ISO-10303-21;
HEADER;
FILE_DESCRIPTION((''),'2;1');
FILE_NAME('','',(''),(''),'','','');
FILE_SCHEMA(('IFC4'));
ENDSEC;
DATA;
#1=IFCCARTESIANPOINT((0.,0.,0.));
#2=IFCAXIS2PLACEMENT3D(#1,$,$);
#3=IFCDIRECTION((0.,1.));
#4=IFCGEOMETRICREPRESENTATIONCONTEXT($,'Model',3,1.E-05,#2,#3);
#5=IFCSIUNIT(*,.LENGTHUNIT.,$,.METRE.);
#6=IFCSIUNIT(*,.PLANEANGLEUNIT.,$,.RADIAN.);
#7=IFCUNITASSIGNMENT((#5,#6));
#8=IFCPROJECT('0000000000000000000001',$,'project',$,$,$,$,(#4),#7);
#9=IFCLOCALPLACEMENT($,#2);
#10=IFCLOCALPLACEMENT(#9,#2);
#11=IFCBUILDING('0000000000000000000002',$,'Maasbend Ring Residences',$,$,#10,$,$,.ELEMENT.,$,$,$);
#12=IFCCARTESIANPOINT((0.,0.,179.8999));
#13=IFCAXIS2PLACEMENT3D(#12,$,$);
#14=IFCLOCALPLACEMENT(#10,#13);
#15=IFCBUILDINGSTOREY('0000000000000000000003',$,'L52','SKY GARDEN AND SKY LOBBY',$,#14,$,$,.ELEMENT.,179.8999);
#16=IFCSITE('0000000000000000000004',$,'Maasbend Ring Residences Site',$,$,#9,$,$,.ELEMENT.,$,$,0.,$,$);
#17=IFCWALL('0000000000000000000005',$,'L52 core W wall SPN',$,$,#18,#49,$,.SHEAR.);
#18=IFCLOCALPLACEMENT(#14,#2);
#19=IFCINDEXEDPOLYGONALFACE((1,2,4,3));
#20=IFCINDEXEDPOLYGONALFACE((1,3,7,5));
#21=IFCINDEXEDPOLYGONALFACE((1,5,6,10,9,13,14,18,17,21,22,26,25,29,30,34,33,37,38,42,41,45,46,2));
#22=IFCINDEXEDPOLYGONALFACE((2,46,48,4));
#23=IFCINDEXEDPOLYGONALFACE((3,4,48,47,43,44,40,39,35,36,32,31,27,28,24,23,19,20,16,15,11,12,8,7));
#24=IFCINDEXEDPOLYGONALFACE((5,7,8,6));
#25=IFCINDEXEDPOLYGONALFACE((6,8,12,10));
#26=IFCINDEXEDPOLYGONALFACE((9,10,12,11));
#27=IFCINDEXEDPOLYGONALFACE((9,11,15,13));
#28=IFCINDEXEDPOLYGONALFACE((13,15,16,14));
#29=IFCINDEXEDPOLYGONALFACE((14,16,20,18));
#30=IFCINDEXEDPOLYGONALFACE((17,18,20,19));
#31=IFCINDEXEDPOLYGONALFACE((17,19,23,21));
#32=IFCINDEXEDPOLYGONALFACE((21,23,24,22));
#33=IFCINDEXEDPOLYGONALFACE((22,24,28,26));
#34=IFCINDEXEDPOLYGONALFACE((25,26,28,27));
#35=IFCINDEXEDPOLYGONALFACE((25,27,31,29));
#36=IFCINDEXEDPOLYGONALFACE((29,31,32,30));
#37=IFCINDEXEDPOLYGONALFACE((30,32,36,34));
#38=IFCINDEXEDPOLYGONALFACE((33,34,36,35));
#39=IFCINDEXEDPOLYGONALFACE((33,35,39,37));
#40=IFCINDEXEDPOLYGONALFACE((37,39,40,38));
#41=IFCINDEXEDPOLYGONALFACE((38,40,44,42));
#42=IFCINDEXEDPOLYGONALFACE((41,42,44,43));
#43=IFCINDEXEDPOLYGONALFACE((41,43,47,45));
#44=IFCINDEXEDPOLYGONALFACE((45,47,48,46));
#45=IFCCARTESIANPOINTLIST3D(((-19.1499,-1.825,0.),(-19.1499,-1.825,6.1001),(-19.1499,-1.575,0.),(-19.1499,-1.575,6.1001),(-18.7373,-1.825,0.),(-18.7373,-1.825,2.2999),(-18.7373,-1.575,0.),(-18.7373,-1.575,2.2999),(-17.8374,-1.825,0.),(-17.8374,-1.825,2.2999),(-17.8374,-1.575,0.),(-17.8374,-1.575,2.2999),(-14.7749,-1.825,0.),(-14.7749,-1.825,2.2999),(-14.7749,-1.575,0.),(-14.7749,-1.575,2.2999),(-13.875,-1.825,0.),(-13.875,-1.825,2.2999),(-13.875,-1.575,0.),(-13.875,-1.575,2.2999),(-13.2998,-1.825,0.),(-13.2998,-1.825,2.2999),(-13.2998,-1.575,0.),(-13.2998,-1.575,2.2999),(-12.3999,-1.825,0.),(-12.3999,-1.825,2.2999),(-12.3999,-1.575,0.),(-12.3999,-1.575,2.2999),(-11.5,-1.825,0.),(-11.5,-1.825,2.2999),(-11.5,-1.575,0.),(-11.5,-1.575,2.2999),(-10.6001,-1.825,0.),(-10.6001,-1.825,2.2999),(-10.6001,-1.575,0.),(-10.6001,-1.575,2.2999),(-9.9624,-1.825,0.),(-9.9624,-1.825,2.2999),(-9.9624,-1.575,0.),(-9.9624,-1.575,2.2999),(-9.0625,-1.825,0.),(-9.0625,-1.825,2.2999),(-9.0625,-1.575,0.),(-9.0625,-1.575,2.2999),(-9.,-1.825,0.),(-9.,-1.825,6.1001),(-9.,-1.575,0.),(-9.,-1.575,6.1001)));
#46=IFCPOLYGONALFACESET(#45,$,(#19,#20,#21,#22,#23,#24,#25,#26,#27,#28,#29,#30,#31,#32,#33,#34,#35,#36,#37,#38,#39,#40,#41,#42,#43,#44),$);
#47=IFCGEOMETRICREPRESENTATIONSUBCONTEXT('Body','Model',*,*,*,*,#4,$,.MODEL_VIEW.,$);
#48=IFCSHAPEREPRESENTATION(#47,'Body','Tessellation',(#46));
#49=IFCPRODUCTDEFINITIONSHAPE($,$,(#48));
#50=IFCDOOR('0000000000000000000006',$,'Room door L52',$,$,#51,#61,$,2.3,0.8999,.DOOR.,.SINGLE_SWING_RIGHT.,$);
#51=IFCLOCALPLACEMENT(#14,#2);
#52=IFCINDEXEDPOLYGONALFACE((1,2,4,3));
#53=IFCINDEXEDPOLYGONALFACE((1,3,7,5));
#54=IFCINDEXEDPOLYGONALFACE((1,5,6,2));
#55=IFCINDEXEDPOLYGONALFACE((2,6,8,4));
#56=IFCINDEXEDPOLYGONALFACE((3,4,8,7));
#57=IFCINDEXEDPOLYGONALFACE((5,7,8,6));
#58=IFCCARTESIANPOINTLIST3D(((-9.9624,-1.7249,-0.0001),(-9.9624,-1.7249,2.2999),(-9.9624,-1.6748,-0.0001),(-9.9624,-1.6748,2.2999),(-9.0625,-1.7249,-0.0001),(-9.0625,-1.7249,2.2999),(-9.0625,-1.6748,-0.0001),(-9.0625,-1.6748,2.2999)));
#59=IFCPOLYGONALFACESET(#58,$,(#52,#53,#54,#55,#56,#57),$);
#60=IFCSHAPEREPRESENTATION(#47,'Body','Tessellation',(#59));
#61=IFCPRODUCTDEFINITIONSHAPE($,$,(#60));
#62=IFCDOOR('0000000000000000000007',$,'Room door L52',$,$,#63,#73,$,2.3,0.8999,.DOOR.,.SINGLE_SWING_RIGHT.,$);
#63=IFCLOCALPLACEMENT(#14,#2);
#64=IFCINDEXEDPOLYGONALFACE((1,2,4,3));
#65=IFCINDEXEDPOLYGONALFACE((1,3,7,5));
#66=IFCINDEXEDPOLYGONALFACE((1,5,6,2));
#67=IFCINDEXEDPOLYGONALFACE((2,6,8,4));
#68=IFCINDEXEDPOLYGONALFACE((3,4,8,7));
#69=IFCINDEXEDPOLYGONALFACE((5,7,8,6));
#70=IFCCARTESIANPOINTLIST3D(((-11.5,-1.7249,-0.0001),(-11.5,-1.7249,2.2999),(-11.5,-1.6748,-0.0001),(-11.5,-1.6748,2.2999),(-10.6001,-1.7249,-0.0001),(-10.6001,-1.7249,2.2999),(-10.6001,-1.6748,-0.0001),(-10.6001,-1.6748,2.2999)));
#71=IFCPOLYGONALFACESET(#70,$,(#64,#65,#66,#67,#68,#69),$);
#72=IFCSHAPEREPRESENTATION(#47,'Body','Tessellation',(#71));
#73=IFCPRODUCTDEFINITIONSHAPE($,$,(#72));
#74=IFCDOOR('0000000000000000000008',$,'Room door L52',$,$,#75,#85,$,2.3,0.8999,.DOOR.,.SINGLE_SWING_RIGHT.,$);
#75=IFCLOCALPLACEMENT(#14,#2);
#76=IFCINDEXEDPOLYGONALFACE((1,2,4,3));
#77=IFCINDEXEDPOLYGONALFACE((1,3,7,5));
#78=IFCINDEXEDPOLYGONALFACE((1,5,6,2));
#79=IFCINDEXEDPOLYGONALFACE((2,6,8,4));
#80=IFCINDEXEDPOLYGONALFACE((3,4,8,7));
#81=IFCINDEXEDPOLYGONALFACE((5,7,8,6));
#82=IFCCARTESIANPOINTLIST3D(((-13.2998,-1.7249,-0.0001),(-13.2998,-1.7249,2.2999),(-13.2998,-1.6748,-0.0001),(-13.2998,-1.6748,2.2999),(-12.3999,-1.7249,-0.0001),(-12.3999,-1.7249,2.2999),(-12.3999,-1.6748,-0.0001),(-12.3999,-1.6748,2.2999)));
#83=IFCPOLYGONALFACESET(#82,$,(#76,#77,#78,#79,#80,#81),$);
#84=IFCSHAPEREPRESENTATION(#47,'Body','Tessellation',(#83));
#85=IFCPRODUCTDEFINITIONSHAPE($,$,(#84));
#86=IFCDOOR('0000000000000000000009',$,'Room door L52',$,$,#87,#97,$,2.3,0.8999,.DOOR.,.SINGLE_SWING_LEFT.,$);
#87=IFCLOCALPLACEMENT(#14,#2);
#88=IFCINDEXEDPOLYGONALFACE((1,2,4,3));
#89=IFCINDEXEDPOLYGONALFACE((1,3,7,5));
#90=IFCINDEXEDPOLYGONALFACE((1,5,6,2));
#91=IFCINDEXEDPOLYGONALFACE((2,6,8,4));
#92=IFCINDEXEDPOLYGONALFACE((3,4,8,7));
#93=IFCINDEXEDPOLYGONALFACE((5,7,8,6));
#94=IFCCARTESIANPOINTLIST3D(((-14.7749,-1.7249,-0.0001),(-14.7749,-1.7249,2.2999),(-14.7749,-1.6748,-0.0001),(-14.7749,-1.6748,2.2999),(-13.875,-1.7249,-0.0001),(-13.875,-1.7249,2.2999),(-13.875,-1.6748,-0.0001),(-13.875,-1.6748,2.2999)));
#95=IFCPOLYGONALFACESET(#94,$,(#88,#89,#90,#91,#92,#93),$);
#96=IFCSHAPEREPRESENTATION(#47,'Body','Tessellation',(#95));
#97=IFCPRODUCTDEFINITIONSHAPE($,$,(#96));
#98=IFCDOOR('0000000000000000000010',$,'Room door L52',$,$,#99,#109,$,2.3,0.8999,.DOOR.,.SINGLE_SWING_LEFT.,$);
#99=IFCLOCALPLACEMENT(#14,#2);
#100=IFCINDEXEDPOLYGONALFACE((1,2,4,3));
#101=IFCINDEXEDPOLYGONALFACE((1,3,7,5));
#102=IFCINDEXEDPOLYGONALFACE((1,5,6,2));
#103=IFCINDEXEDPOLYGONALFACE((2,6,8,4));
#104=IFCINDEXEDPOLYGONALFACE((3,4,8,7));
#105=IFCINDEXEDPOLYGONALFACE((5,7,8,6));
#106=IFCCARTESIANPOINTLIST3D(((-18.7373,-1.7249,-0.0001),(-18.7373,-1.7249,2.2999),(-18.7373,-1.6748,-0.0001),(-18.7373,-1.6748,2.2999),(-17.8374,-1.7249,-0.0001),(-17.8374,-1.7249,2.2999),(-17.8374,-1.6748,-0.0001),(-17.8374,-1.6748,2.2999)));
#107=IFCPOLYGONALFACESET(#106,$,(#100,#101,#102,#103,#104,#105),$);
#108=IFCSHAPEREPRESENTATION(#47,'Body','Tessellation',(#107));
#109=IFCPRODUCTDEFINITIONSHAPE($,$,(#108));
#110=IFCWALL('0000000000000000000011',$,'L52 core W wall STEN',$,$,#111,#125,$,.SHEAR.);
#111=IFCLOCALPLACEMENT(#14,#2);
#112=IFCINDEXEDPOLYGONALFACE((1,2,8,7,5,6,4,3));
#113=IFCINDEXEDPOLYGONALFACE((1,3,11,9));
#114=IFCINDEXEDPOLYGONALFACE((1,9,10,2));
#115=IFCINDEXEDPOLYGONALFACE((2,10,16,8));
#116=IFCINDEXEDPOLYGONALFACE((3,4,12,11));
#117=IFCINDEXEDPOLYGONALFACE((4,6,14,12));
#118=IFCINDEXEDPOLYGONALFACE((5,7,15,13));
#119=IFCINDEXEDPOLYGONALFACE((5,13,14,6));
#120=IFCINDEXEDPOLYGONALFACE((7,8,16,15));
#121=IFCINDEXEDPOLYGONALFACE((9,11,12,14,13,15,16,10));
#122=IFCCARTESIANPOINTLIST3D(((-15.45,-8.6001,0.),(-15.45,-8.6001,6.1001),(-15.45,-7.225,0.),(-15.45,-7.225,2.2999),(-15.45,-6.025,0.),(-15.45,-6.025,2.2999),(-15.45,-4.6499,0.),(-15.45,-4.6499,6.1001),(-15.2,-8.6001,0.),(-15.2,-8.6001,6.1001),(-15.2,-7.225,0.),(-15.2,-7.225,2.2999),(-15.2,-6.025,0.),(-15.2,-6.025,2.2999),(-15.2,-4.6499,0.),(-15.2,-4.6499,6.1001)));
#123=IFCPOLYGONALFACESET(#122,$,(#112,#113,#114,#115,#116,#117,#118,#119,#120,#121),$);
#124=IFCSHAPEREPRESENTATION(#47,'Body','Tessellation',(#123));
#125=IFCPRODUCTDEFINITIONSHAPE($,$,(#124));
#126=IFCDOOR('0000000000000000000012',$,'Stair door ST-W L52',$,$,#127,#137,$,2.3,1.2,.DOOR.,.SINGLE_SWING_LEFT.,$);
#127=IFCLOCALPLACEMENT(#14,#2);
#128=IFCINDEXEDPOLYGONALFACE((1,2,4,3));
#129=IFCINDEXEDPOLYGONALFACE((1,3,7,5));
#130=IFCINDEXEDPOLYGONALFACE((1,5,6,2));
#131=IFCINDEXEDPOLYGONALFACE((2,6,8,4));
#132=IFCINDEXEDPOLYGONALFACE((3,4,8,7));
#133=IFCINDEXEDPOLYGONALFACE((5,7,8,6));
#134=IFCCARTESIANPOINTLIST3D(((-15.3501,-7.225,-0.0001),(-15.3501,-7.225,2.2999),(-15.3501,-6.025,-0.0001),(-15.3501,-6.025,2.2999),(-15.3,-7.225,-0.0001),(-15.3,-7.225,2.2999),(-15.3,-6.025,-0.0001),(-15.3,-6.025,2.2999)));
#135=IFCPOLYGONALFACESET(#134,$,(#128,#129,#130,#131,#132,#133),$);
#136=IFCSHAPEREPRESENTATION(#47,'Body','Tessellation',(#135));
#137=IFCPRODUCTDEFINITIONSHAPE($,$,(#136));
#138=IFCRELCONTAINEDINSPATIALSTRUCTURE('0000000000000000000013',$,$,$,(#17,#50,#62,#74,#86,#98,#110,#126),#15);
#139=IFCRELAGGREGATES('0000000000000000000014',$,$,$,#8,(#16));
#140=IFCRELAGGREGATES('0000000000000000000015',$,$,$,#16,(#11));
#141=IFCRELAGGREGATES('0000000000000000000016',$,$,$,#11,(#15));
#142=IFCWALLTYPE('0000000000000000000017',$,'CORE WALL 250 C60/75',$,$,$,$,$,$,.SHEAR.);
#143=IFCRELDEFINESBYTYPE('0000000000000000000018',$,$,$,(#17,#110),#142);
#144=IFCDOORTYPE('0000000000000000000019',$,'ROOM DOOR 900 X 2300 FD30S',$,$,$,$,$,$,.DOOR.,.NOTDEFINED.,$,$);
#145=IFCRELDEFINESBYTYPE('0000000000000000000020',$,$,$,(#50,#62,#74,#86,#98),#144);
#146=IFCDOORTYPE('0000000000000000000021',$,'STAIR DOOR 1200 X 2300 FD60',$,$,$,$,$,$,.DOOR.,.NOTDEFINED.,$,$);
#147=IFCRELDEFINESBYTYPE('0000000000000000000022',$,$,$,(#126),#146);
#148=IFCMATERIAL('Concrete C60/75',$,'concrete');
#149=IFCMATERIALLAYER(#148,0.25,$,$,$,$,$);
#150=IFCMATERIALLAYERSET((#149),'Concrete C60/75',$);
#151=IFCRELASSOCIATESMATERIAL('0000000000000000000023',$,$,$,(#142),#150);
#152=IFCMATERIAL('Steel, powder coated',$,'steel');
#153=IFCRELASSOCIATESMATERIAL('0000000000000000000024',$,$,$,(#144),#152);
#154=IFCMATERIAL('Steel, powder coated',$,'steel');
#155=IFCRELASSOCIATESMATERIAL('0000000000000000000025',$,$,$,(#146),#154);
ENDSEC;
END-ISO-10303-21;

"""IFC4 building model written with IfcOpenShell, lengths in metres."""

from ifc_helpers import new_model, si_unit, direction, frame, frame_2d, origin, place, context, subcontext, project, spatial, rectangle, extrude, material, layer, layer_set, type_object, element, fill, save


model = new_model("IFC4")

# Units and contexts
model_context = context("Model", 3, precision=1e-05, world=origin(), true_north=direction((0.0, 1.0)))
body_context = subcontext(model_context, "Body", "Model", "MODEL_VIEW")
ifc_project = project(units=[si_unit("LENGTHUNIT", "METRE"), si_unit("PLANEANGLEUNIT", "RADIAN")], contexts=[model_context])

# Site, building, storey
site_placement = place(None, origin())
site = spatial("IfcSite", under=ifc_project, at=site_placement, Name="Maasbend Ring Residences Site", CompositionType="ELEMENT", RefElevation=0.0)
building_placement = place(site_placement, origin())
building = spatial("IfcBuilding", under=site, at=building_placement, Name="Maasbend Ring Residences", CompositionType="ELEMENT")
storey_placement = place(building_placement, frame((0.0, 0.0, 179.8999)))
storey = spatial("IfcBuildingStorey", under=building, at=storey_placement, Name="L52", Description="SKY GARDEN AND SKY LOBBY", CompositionType="ELEMENT", Elevation=179.8999)

# Wall, openings, doors
ifc_material_1 = material(Name="Concrete C60/75", Category="concrete")
ifc_layer_1 = layer(ifc_material_1, 0.25)
ifc_layer_set_1 = layer_set([ifc_layer_1], Name="Concrete C60/75")
wall_type_1 = type_object("IfcWallType", Name="CORE WALL 250 C60/75", PredefinedType="SHEAR", material=ifc_layer_set_1)
wall_1_placement = place(storey_placement, frame((-9.0, -1.7, 0.0), z_axis=(0.0, 0.0, 1.0), x_axis=(-1.0, 0.0, 0.0)))
wall_1 = element("IfcWall", 1, at=wall_1_placement, inside=storey, type_object=wall_type_1, Name="L52 core W wall SPN", PredefinedType="SHEAR", context=body_context, shape_type="SweptSolid", body=[
    extrude(rectangle(XDim=10.1499, YDim=0.25, at=frame_2d((5.075, 0.0))), origin(), (0.0, 0.0, 1.0), 6.1001),
])
opening_1_placement = place(wall_1_placement, frame((0.0625, 0.0, 0.0)))
opening_1 = element("IfcOpeningElement", 2, at=opening_1_placement, cuts=wall_1, PredefinedType="OPENING", context=body_context, shape_type="SweptSolid", body=[
    extrude(rectangle(XDim=0.8999, YDim=2.3, at=frame_2d((0.45, 1.1499))), frame((0.0, 0.135, 0.0), z_axis=(0.0, -1.0, 0.0), x_axis=(1.0, 0.0, 0.0)), (0.0, 0.0, 1.0), 0.27),
])
opening_2_placement = place(wall_1_placement, frame((1.6001, 0.0, 0.0)))
opening_2 = element("IfcOpeningElement", 3, at=opening_2_placement, cuts=wall_1, PredefinedType="OPENING", context=body_context, shape_type="SweptSolid", body=[
    extrude(rectangle(XDim=0.8999, YDim=2.3, at=frame_2d((0.45, 1.1499))), frame((0.0, 0.135, 0.0), z_axis=(0.0, -1.0, 0.0), x_axis=(1.0, 0.0, 0.0)), (0.0, 0.0, 1.0), 0.27),
])
opening_3_placement = place(wall_1_placement, frame((3.3999, 0.0, 0.0)))
opening_3 = element("IfcOpeningElement", 4, at=opening_3_placement, cuts=wall_1, PredefinedType="OPENING", context=body_context, shape_type="SweptSolid", body=[
    extrude(rectangle(XDim=0.8999, YDim=2.3, at=frame_2d((0.45, 1.1499))), frame((0.0, 0.135, 0.0), z_axis=(0.0, -1.0, 0.0), x_axis=(1.0, 0.0, 0.0)), (0.0, 0.0, 1.0), 0.27),
])
opening_4_placement = place(wall_1_placement, frame((4.875, 0.0, 0.0)))
opening_4 = element("IfcOpeningElement", 5, at=opening_4_placement, cuts=wall_1, PredefinedType="OPENING", context=body_context, shape_type="SweptSolid", body=[
    extrude(rectangle(XDim=0.8999, YDim=2.3, at=frame_2d((0.45, 1.1499))), frame((0.0, 0.135, 0.0), z_axis=(0.0, -1.0, 0.0), x_axis=(1.0, 0.0, 0.0)), (0.0, 0.0, 1.0), 0.27),
])
opening_5_placement = place(wall_1_placement, frame((8.8374, 0.0, 0.0)))
opening_5 = element("IfcOpeningElement", 6, at=opening_5_placement, cuts=wall_1, PredefinedType="OPENING", context=body_context, shape_type="SweptSolid", body=[
    extrude(rectangle(XDim=0.8999, YDim=2.3, at=frame_2d((0.45, 1.1499))), frame((0.0, 0.135, 0.0), z_axis=(0.0, -1.0, 0.0), x_axis=(1.0, 0.0, 0.0)), (0.0, 0.0, 1.0), 0.27),
])
ifc_material_2 = material(Name="Steel, powder coated", Category="steel")
door_type_1 = type_object("IfcDoorType", Name="ROOM DOOR 900 X 2300 FD30S", OperationType="NOTDEFINED", PredefinedType="DOOR", material=ifc_material_2)
door_1_placement = place(opening_1_placement, origin())
door_1 = element("IfcDoor", 7, at=door_1_placement, inside=storey, type_object=door_type_1, Name="Room door L52", OperationType="SINGLE_SWING_RIGHT", OverallHeight=2.3, OverallWidth=0.8999, PredefinedType="DOOR", context=body_context, shape_type="SweptSolid", body=[
    extrude(rectangle(XDim=0.8999, YDim=2.3, at=frame_2d((0.45, 1.1499))), frame((0.0, 0.0249, 0.0), z_axis=(0.0, -1.0, 0.0), x_axis=(1.0, 0.0, 0.0)), (0.0, 0.0, 1.0), 0.05),
])
fill(opening_1, door_1)
door_2_placement = place(opening_2_placement, origin())
door_2 = element("IfcDoor", 8, at=door_2_placement, inside=storey, type_object=door_type_1, Name="Room door L52", OperationType="SINGLE_SWING_RIGHT", OverallHeight=2.3, OverallWidth=0.8999, PredefinedType="DOOR", context=body_context, shape_type="SweptSolid", body=[
    extrude(rectangle(XDim=0.8999, YDim=2.3, at=frame_2d((0.45, 1.1499))), frame((0.0, 0.0249, 0.0), z_axis=(0.0, -1.0, 0.0), x_axis=(1.0, 0.0, 0.0)), (0.0, 0.0, 1.0), 0.05),
])
fill(opening_2, door_2)
door_3_placement = place(opening_3_placement, origin())
door_3 = element("IfcDoor", 9, at=door_3_placement, inside=storey, type_object=door_type_1, Name="Room door L52", OperationType="SINGLE_SWING_RIGHT", OverallHeight=2.3, OverallWidth=0.8999, PredefinedType="DOOR", context=body_context, shape_type="SweptSolid", body=[
    extrude(rectangle(XDim=0.8999, YDim=2.3, at=frame_2d((0.45, 1.1499))), frame((0.0, 0.0249, 0.0), z_axis=(0.0, -1.0, 0.0), x_axis=(1.0, 0.0, 0.0)), (0.0, 0.0, 1.0), 0.05),
])
fill(opening_3, door_3)
door_4_placement = place(opening_4_placement, origin())
door_4 = element("IfcDoor", 10, at=door_4_placement, inside=storey, type_object=door_type_1, Name="Room door L52", OperationType="SINGLE_SWING_LEFT", OverallHeight=2.3, OverallWidth=0.8999, PredefinedType="DOOR", context=body_context, shape_type="SweptSolid", body=[
    extrude(rectangle(XDim=0.8999, YDim=2.3, at=frame_2d((0.45, 1.1499))), frame((0.0, 0.0249, 0.0), z_axis=(0.0, -1.0, 0.0), x_axis=(1.0, 0.0, 0.0)), (0.0, 0.0, 1.0), 0.05),
])
fill(opening_4, door_4)
door_5_placement = place(opening_5_placement, origin())
door_5 = element("IfcDoor", 11, at=door_5_placement, inside=storey, type_object=door_type_1, Name="Room door L52", OperationType="SINGLE_SWING_LEFT", OverallHeight=2.3, OverallWidth=0.8999, PredefinedType="DOOR", context=body_context, shape_type="SweptSolid", body=[
    extrude(rectangle(XDim=0.8999, YDim=2.3, at=frame_2d((0.45, 1.1499))), frame((0.0, 0.0249, 0.0), z_axis=(0.0, -1.0, 0.0), x_axis=(1.0, 0.0, 0.0)), (0.0, 0.0, 1.0), 0.05),
])
fill(opening_5, door_5)

# Wall, opening, door
wall_2_placement = place(storey_placement, frame((-15.325, -4.6499, 0.0), z_axis=(0.0, 0.0, 1.0), x_axis=(0.0, -1.0, 0.0)))
wall_2 = element("IfcWall", 12, at=wall_2_placement, inside=storey, type_object=wall_type_1, Name="L52 core W wall STEN", PredefinedType="SHEAR", context=body_context, shape_type="SweptSolid", body=[
    extrude(rectangle(XDim=3.9502, YDim=0.25, at=frame_2d((1.9751, 0.0))), origin(), (0.0, 0.0, 1.0), 6.1001),
])
opening_6_placement = place(wall_2_placement, frame((1.375, 0.0, 0.0)))
opening_6 = element("IfcOpeningElement", 13, at=opening_6_placement, cuts=wall_2, PredefinedType="OPENING", context=body_context, shape_type="SweptSolid", body=[
    extrude(rectangle(XDim=1.2, YDim=2.3, at=frame_2d((0.6001, 1.1499))), frame((0.0, 0.135, 0.0), z_axis=(0.0, -1.0, 0.0), x_axis=(1.0, 0.0, 0.0)), (0.0, 0.0, 1.0), 0.27),
])
ifc_material_3 = material(Name="Steel, powder coated", Category="steel")
door_type_2 = type_object("IfcDoorType", Name="STAIR DOOR 1200 X 2300 FD60", OperationType="NOTDEFINED", PredefinedType="DOOR", material=ifc_material_3)
door_6_placement = place(opening_6_placement, origin())
door_6 = element("IfcDoor", 14, at=door_6_placement, inside=storey, type_object=door_type_2, Name="Stair door ST-W L52", OperationType="SINGLE_SWING_LEFT", OverallHeight=2.3, OverallWidth=1.2, PredefinedType="DOOR", context=body_context, shape_type="SweptSolid", body=[
    extrude(rectangle(XDim=1.2, YDim=2.3, at=frame_2d((0.6001, 1.1499))), frame((0.0, 0.0249, 0.0), z_axis=(0.0, -1.0, 0.0), x_axis=(1.0, 0.0, 0.0)), (0.0, 0.0, 1.0), 0.05),
])
fill(opening_6, door_6)

save(model, "model.ifc")
